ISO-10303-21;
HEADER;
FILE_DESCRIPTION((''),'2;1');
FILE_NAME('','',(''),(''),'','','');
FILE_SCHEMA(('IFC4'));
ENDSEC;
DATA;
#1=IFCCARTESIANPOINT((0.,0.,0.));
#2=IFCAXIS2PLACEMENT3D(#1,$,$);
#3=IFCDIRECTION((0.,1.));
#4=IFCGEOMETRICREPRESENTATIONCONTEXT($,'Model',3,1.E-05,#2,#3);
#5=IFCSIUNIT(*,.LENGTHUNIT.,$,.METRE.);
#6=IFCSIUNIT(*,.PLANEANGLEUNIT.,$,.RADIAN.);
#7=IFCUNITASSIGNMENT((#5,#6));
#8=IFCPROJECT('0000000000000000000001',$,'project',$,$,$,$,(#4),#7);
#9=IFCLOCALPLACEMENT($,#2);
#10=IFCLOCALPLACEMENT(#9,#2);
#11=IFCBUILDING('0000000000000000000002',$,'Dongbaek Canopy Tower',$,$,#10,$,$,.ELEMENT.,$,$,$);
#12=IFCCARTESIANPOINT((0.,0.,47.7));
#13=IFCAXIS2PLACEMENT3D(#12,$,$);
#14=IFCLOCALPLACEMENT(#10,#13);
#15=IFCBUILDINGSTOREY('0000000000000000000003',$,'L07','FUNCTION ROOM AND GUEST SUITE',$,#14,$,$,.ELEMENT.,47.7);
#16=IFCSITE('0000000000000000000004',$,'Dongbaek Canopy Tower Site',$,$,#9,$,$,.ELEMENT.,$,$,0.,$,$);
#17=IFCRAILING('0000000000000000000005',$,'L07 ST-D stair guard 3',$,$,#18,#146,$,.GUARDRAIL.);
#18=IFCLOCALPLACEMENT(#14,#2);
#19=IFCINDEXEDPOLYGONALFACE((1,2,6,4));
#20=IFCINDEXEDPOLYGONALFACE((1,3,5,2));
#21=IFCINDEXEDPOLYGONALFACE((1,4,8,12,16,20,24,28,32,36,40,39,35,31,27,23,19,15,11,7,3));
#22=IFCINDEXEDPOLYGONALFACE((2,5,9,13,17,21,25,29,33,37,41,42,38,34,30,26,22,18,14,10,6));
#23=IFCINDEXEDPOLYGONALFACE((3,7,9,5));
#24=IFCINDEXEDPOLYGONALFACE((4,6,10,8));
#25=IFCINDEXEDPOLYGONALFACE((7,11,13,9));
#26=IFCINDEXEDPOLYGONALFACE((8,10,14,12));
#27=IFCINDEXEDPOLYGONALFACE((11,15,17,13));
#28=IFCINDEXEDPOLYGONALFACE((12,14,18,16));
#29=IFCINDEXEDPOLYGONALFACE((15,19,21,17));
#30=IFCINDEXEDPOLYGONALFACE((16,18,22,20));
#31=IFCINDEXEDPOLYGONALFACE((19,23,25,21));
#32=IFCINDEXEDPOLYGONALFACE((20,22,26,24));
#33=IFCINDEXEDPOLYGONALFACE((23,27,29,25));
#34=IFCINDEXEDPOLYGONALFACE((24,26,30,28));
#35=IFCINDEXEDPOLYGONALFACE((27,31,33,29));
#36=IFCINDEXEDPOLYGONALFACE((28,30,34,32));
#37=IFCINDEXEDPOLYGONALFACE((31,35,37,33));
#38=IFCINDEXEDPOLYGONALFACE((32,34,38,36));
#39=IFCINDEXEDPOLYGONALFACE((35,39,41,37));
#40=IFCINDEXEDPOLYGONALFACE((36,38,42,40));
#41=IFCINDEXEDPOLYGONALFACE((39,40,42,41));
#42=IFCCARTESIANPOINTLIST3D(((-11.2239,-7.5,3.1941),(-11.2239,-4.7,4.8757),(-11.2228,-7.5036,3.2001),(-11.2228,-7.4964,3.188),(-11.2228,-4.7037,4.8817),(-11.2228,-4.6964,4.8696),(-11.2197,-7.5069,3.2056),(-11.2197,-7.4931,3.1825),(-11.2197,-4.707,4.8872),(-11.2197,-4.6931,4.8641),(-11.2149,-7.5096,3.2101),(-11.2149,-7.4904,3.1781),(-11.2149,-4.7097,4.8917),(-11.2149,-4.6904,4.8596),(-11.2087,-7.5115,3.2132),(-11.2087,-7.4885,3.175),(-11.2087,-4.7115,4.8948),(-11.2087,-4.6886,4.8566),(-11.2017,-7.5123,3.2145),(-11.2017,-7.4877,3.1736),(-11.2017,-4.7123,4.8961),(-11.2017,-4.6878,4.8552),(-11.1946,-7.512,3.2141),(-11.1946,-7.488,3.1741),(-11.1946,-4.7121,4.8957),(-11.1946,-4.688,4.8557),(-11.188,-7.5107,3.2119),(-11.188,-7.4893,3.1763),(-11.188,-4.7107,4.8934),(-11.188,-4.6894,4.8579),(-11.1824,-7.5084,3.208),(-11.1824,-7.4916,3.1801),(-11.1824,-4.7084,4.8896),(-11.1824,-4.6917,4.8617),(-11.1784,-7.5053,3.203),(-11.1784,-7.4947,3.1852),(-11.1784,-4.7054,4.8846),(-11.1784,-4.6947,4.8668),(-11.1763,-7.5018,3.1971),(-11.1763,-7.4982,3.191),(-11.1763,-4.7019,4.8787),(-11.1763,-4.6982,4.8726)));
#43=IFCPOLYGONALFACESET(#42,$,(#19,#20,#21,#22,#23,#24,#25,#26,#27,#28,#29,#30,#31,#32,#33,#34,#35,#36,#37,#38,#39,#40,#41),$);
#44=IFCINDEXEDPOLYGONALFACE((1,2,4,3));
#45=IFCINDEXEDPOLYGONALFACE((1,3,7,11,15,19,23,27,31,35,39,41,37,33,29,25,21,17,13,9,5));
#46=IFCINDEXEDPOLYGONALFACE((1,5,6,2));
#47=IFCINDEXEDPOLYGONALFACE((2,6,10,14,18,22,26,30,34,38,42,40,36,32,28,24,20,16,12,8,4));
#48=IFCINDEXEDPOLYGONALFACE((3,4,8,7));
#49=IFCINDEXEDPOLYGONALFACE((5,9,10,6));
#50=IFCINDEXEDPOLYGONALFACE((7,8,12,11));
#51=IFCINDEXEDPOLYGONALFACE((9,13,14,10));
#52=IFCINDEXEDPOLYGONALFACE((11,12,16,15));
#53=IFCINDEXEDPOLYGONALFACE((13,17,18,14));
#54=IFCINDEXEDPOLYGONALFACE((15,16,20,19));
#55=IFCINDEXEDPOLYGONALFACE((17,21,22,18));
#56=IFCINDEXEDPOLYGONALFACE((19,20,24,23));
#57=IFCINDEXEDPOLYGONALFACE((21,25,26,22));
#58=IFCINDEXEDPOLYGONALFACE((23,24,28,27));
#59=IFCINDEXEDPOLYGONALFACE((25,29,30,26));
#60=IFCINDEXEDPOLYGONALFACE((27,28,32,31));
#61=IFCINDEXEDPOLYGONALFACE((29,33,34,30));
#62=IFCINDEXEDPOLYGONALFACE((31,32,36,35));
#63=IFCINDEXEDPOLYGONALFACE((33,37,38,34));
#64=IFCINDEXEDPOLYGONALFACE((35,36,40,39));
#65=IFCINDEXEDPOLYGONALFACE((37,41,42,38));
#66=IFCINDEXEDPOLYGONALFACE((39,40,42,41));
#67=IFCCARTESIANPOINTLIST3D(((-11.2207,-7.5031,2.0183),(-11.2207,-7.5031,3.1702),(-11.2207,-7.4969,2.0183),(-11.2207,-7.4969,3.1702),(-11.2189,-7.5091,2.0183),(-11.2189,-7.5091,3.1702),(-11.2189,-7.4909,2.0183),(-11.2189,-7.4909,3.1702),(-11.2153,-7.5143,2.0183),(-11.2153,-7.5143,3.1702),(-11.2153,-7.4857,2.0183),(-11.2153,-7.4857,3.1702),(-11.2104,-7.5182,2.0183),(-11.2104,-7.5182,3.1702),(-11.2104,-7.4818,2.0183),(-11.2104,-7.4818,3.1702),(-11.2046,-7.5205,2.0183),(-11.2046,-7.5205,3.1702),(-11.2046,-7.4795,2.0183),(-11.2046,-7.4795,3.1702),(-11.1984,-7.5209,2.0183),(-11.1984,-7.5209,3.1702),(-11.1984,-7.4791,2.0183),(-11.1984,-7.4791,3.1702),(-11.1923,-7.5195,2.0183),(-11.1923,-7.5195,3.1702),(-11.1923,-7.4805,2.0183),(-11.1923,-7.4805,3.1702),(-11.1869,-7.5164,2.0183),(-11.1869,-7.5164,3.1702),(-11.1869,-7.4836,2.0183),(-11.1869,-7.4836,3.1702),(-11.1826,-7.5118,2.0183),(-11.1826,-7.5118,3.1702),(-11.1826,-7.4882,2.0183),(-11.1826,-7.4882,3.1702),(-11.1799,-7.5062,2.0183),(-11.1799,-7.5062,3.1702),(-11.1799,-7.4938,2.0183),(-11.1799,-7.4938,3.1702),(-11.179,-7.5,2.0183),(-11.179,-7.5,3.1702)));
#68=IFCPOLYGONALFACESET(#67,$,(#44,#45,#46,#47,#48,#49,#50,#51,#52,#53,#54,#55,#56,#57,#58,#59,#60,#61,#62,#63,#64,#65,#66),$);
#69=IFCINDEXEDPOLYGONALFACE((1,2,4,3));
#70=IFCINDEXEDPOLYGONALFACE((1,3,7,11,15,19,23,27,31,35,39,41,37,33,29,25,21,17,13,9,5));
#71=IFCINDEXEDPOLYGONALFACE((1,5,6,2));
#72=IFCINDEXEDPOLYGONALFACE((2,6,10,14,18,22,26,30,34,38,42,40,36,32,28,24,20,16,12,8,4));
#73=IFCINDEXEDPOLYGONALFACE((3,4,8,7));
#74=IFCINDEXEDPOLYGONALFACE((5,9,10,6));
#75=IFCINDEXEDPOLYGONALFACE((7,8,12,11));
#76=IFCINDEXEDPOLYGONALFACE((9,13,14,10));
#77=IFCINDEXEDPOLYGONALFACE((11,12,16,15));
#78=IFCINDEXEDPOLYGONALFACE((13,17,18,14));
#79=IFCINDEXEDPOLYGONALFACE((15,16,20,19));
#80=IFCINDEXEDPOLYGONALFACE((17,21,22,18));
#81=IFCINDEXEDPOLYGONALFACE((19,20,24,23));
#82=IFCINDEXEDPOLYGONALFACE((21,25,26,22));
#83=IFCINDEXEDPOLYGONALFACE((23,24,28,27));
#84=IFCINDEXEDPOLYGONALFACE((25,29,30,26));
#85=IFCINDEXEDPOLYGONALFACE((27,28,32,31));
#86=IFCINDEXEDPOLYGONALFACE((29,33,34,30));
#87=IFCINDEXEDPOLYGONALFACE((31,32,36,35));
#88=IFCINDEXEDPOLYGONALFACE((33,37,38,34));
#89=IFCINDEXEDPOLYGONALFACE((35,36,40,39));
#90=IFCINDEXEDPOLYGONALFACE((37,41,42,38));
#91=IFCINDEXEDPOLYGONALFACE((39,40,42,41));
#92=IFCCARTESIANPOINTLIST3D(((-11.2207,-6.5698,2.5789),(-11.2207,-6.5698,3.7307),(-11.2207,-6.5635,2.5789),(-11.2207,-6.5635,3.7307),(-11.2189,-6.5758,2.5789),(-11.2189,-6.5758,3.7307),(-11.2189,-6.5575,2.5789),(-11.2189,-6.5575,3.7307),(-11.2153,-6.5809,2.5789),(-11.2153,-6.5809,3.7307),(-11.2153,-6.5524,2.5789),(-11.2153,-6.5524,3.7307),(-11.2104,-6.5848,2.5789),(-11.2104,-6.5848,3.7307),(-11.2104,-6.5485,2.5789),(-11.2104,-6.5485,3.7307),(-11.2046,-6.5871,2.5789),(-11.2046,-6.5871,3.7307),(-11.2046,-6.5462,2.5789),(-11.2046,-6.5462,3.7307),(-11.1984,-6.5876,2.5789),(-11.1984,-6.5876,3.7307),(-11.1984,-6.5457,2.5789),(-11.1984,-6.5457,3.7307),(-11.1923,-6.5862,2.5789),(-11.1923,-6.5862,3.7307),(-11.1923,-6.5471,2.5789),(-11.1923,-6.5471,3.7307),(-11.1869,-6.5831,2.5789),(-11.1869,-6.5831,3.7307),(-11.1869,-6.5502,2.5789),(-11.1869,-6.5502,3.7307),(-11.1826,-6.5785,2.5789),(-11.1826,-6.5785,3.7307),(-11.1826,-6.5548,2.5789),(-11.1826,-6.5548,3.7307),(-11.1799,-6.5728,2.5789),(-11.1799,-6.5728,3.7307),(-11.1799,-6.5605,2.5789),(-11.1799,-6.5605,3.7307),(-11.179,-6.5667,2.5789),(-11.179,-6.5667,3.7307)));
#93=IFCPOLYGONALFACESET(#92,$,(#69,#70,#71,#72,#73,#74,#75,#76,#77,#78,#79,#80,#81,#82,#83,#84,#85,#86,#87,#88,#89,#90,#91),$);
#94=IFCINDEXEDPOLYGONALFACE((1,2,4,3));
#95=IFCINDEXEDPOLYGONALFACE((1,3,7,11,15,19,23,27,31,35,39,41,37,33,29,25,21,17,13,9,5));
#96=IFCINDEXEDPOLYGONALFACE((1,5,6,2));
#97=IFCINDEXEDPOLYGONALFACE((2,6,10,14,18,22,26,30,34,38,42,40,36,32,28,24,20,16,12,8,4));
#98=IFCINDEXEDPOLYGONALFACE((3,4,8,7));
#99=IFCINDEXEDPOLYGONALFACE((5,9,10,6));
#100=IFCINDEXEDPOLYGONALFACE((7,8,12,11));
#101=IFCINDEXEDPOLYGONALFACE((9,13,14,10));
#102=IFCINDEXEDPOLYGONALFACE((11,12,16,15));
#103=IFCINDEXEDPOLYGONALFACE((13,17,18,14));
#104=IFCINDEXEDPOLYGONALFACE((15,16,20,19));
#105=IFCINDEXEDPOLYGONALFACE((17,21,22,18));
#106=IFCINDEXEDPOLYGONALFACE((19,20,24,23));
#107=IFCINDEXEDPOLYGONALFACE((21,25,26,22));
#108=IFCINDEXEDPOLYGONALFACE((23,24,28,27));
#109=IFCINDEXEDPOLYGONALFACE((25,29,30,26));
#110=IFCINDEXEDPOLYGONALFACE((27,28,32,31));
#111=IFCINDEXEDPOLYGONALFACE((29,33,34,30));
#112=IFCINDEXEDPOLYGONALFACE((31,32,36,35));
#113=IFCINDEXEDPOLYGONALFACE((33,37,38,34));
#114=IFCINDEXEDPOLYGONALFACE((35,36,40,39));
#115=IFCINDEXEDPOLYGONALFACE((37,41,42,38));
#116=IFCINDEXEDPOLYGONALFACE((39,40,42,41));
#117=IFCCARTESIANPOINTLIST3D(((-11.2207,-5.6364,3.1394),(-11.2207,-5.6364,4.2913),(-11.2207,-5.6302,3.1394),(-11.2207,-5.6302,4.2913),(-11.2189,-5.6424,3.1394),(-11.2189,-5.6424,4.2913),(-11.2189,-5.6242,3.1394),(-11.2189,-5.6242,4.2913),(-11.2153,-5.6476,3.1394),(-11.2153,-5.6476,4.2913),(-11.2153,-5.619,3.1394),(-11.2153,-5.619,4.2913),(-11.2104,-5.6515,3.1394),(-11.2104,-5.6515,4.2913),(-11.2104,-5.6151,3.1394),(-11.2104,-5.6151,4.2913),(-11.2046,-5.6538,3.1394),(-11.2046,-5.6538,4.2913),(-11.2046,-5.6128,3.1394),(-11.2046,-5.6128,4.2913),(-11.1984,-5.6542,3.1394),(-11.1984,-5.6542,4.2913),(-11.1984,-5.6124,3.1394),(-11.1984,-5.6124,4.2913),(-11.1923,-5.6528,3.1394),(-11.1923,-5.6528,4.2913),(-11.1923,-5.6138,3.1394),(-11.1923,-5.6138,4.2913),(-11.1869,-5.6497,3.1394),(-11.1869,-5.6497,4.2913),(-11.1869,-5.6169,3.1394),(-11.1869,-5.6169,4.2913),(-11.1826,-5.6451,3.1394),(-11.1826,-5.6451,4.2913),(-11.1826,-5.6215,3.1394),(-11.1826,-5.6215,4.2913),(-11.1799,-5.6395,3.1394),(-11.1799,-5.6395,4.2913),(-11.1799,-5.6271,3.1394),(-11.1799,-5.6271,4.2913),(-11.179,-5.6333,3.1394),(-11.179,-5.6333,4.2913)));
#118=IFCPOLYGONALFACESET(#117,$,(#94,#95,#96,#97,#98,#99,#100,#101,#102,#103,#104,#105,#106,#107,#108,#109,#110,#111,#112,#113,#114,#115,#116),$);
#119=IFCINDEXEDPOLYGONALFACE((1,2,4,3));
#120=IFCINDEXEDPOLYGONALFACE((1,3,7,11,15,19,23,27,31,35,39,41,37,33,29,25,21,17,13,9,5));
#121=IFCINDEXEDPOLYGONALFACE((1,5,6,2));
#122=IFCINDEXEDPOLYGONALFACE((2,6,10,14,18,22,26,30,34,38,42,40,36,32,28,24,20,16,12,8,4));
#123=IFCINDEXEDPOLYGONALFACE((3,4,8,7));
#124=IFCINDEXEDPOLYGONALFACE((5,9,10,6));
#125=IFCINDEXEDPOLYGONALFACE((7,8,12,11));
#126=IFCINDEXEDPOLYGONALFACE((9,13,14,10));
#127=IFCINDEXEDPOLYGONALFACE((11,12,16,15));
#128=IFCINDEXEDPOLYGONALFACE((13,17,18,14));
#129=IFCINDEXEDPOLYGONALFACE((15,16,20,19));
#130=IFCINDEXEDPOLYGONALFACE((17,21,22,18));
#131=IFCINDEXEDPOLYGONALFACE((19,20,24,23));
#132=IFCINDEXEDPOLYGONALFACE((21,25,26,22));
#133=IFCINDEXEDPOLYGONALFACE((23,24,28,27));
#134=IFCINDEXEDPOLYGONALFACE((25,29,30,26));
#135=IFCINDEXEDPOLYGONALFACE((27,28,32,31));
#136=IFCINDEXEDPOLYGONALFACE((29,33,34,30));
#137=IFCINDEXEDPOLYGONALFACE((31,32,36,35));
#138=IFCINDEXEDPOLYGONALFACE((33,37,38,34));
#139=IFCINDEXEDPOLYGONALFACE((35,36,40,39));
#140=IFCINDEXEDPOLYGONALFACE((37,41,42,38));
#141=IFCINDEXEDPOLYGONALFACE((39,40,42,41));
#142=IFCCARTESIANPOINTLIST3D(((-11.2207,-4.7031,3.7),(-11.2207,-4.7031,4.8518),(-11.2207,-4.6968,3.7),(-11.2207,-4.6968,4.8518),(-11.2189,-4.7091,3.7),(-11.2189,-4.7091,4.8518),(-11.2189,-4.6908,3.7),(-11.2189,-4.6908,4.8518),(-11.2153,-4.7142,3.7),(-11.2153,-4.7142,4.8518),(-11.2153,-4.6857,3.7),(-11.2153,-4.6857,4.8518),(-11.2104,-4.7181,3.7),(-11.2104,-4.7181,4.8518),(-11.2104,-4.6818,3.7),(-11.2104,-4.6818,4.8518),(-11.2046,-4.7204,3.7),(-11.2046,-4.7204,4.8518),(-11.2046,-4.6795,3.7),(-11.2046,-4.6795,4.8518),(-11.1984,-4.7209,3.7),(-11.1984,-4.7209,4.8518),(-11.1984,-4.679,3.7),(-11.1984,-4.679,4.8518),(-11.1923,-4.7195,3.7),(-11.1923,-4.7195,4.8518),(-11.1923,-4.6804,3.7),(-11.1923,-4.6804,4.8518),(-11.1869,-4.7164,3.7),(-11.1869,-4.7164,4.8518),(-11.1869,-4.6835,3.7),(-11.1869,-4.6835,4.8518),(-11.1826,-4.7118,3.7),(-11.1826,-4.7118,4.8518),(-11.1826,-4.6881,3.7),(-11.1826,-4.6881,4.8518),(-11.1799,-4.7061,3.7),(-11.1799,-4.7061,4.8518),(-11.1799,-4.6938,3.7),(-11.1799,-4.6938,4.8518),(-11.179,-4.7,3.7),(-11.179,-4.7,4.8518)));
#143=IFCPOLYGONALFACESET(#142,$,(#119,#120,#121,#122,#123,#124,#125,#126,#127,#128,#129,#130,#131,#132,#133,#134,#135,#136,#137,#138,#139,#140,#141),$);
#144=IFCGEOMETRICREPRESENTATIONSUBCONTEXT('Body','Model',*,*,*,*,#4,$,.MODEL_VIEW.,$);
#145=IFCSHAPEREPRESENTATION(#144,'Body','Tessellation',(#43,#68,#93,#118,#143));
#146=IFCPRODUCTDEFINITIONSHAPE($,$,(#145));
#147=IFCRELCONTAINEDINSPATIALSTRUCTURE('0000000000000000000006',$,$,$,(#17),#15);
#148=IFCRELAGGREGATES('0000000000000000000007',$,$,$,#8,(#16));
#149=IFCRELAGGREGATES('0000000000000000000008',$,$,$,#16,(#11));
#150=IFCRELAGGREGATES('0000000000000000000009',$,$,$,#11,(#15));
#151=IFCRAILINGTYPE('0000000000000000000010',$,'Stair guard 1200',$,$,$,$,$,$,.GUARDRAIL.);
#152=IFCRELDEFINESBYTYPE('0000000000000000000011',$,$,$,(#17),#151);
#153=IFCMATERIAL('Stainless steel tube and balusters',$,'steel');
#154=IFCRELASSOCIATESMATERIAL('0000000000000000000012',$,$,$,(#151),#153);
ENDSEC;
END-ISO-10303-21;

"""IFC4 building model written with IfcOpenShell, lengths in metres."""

from ifc_helpers import new_model, si_unit, direction, frame, origin, origin_2d, place, context, subcontext, project, spatial, circle, extrude, material, type_object, element, save


model = new_model("IFC4")

# Units and contexts
model_context = context("Model", 3, precision=1e-05, world=origin(), true_north=direction((0.0, 1.0)))
body_context = subcontext(model_context, "Body", "Model", "MODEL_VIEW")
ifc_project = project(units=[si_unit("LENGTHUNIT", "METRE"), si_unit("PLANEANGLEUNIT", "RADIAN")], contexts=[model_context])

# Site, building, storey
site_placement = place(None, origin())
site = spatial("IfcSite", under=ifc_project, at=site_placement, Name="Dongbaek Canopy Tower Site", CompositionType="ELEMENT", RefElevation=0.0)
building_placement = place(site_placement, origin())
building = spatial("IfcBuilding", under=site, at=building_placement, Name="Dongbaek Canopy Tower", CompositionType="ELEMENT")
storey_placement = place(building_placement, frame((0.0, 0.0, 47.7)))
storey = spatial("IfcBuildingStorey", under=building, at=storey_placement, Name="L07", Description="FUNCTION ROOM AND GUEST SUITE", CompositionType="ELEMENT", Elevation=47.7)

# Railing
ifc_material_1 = material(Name="Stainless steel tube and balusters", Category="steel")
railing_type_1 = type_object("IfcRailingType", Name="Stair guard 1200", PredefinedType="GUARDRAIL", material=ifc_material_1)
railing_1_placement = place(storey_placement, frame((-11.2, -7.5, 2.0183)))
element("IfcRailing", 1, at=railing_1_placement, inside=storey, type_object=railing_type_1, Name="L07 ST-D stair guard 3", PredefinedType="GUARDRAIL", context=body_context, shape_type="SweptSolid", body=[
    extrude(circle(Radius=0.0239, at=origin_2d()), frame((0.0, 0.0, 1.1758), z_axis=(0.0, 0.857275, 0.514858), x_axis=(-1.0, 0.0, 0.0)), (0.0, 0.0, 1.0), 3.2661),
    extrude(circle(Radius=0.021, at=origin_2d()), origin(), (0.0, 0.0, 1.0), 1.1519),
    extrude(circle(Radius=0.021, at=origin_2d()), frame((0.0, 0.9333, 0.5605)), (0.0, 0.0, 1.0), 1.1519),
    extrude(circle(Radius=0.021, at=origin_2d()), frame((0.0, 1.8667, 1.1211)), (0.0, 0.0, 1.0), 1.1519),
    extrude(circle(Radius=0.021, at=origin_2d()), frame((0.0, 2.8, 1.6816)), (0.0, 0.0, 1.0), 1.1519),
])

save(model, "model.ifc")
